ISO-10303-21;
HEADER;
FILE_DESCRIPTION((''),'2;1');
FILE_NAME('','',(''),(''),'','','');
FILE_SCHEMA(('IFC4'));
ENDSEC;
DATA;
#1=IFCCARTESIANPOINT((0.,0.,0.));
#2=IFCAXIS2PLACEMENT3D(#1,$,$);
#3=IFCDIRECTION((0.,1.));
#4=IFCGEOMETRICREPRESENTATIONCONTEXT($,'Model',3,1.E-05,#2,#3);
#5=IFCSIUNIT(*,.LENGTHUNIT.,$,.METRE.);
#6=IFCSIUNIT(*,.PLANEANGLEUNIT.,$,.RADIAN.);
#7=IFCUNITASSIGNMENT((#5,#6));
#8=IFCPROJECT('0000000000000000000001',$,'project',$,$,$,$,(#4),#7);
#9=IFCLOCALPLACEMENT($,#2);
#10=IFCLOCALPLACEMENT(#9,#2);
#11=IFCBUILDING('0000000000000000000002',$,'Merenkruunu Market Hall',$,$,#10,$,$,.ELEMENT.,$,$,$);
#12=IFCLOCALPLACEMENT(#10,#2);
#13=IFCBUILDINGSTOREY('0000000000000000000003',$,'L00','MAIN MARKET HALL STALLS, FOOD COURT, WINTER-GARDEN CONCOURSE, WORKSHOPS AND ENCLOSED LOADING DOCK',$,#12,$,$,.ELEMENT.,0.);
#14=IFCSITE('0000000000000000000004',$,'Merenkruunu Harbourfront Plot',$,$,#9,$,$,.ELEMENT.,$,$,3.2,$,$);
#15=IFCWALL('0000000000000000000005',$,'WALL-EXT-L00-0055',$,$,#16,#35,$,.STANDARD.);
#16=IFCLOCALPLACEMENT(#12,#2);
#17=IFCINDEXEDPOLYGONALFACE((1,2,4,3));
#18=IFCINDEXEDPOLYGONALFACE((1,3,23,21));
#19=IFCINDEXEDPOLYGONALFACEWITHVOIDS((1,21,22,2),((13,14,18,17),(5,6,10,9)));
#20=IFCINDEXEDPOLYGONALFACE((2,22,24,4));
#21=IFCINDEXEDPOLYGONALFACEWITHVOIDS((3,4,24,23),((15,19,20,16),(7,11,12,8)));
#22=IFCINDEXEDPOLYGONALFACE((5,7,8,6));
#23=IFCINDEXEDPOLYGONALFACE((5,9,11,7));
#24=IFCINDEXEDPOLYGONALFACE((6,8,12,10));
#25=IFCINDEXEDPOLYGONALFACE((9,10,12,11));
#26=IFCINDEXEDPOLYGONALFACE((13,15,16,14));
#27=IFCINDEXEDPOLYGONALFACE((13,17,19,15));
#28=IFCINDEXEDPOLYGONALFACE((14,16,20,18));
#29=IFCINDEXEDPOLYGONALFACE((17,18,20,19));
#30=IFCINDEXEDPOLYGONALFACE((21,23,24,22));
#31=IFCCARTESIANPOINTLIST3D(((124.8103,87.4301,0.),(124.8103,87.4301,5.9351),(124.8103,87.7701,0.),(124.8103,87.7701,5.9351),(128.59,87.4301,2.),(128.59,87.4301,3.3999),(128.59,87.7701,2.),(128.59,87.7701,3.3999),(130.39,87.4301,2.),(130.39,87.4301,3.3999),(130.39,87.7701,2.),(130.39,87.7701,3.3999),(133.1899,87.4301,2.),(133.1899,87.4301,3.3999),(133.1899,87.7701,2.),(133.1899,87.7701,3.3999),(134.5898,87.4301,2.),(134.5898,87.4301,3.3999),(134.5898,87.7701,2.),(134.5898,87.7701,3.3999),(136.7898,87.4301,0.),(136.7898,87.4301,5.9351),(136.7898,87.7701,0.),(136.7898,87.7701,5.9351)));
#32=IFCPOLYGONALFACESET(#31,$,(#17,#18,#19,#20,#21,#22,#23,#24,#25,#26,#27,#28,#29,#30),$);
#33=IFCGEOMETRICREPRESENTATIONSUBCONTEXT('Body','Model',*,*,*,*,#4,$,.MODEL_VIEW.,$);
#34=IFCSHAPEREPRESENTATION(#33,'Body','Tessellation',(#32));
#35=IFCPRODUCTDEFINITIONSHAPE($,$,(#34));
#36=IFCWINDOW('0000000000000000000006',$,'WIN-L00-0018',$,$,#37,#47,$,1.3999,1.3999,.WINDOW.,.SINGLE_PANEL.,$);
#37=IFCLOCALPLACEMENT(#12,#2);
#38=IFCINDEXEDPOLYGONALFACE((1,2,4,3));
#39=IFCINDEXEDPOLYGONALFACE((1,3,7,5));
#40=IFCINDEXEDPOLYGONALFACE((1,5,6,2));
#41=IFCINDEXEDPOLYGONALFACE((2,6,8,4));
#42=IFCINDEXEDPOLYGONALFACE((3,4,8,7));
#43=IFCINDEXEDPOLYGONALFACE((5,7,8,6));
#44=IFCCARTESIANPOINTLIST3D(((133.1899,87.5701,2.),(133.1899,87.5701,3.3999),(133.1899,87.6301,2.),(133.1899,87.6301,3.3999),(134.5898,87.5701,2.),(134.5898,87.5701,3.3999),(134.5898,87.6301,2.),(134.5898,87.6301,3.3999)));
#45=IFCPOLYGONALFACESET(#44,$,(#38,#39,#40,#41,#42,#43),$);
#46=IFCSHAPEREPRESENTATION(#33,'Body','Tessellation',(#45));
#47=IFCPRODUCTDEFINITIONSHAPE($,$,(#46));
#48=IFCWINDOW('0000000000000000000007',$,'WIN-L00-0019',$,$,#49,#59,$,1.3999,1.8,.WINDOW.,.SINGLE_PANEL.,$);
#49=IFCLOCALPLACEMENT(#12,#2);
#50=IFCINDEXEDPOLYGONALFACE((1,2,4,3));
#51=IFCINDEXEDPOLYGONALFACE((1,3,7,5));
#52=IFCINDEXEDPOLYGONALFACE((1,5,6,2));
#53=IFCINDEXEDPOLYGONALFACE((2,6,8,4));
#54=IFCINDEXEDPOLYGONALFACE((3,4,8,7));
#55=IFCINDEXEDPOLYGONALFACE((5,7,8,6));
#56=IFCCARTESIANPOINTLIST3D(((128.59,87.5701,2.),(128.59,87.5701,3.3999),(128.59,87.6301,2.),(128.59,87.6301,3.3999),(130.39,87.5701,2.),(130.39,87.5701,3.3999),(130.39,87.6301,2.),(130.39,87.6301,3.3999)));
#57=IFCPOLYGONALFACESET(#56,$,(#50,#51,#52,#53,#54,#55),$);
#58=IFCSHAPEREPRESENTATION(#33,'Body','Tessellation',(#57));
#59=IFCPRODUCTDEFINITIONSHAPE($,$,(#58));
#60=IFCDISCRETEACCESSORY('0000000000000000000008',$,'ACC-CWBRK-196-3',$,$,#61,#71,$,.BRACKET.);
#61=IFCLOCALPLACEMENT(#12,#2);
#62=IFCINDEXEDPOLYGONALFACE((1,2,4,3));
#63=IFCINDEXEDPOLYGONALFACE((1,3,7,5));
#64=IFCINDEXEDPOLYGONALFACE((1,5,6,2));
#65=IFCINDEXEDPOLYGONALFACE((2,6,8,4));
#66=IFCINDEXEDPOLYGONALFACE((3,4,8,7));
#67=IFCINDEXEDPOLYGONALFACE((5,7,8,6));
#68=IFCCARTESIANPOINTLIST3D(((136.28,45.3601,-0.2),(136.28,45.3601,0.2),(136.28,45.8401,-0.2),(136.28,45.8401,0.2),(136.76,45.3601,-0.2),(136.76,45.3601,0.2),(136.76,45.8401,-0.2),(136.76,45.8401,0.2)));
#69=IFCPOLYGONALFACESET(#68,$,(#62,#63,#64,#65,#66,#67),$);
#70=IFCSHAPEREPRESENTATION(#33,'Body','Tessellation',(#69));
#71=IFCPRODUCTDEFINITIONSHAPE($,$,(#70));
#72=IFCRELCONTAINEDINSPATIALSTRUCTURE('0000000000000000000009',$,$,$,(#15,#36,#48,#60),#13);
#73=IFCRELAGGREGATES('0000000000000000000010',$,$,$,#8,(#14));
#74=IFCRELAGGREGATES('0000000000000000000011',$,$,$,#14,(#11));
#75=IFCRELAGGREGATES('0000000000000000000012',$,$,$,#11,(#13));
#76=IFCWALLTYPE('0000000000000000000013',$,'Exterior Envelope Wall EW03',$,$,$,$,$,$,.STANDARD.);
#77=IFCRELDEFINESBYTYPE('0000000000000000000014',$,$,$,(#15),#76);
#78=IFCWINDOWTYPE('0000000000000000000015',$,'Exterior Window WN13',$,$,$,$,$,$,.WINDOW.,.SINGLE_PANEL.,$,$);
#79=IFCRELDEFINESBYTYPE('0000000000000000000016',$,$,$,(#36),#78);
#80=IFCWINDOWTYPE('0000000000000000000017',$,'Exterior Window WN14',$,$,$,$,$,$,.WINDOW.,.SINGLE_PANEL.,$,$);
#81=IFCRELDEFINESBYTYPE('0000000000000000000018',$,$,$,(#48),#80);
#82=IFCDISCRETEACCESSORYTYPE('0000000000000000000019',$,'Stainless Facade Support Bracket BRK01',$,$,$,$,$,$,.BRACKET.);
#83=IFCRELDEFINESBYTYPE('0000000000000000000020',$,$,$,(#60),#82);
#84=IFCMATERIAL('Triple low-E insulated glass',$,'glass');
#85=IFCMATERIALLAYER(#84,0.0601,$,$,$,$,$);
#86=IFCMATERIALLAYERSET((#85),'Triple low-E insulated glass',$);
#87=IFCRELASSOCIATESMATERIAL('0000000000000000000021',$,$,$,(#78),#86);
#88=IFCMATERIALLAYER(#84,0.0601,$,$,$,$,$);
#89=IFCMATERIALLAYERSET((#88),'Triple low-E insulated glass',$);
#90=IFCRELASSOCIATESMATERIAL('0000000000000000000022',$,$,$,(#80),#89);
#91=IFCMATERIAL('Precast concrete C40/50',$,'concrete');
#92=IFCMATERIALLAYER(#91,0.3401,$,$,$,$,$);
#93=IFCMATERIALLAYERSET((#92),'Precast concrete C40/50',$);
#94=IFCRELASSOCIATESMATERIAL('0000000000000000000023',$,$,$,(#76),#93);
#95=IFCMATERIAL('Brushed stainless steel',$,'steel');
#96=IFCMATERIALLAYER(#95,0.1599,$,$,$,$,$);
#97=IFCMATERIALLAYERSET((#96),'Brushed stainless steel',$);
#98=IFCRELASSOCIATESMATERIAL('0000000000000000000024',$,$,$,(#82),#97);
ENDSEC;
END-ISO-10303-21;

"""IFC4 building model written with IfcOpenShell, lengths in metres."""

from ifc_helpers import new_model, si_unit, direction, frame, frame_2d, origin, origin_2d, place, context, subcontext, project, spatial, rectangle, extrude, material, layer, layer_set, type_object, element, fill, save


model = new_model("IFC4")

# Units and contexts
model_context = context("Model", 3, precision=1e-05, world=origin(), true_north=direction((0.0, 1.0)))
body_context = subcontext(model_context, "Body", "Model", "MODEL_VIEW")
ifc_project = project(units=[si_unit("LENGTHUNIT", "METRE"), si_unit("PLANEANGLEUNIT", "RADIAN")], contexts=[model_context])

# Site, building, storey
site_placement = place(None, origin())
site = spatial("IfcSite", under=ifc_project, at=site_placement, Name="Merenkruunu Harbourfront Plot", CompositionType="ELEMENT", RefElevation=3.2)
building_placement = place(site_placement, origin())
building = spatial("IfcBuilding", under=site, at=building_placement, Name="Merenkruunu Market Hall", CompositionType="ELEMENT")
storey_placement = place(building_placement, origin())
storey = spatial("IfcBuildingStorey", under=building, at=storey_placement, Name="L00", Description="MAIN MARKET HALL STALLS, FOOD COURT, WINTER-GARDEN CONCOURSE, WORKSHOPS AND ENCLOSED LOADING DOCK", CompositionType="ELEMENT", Elevation=0.0)

# Shared definitions
ifc_material_1 = material(Name="Triple low-E insulated glass", Category="glass")

# Shared definitions
ifc_material_2 = material(Name="Precast concrete C40/50", Category="concrete")
ifc_layer_1 = layer(ifc_material_1, 0.0601)
ifc_layer_set_1 = layer_set([ifc_layer_1], Name="Triple low-E insulated glass")
window_type_1 = type_object("IfcWindowType", Name="Exterior Window WN13", PartitioningType="SINGLE_PANEL", PredefinedType="WINDOW", material=ifc_layer_set_1)
ifc_layer_2 = layer(ifc_material_1, 0.0601)
ifc_layer_set_2 = layer_set([ifc_layer_2], Name="Triple low-E insulated glass")
window_type_2 = type_object("IfcWindowType", Name="Exterior Window WN14", PartitioningType="SINGLE_PANEL", PredefinedType="WINDOW", material=ifc_layer_set_2)
ifc_layer_3 = layer(ifc_material_2, 0.3401)
ifc_layer_set_3 = layer_set([ifc_layer_3], Name="Precast concrete C40/50")
wall_type_1 = type_object("IfcWallType", Name="Exterior Envelope Wall EW03", PredefinedType="STANDARD", material=ifc_layer_set_3)

# Wall, openings, windows
wall_1_placement = place(storey_placement, frame((136.7898, 87.6001, 0.0), z_axis=(0.0, 0.0, 1.0), x_axis=(-1.0, 0.0, 0.0)))
wall_1 = element("IfcWall", 1, at=wall_1_placement, inside=storey, type_object=wall_type_1, Name="WALL-EXT-L00-0055", PredefinedType="STANDARD", context=body_context, shape_type="SweptSolid", body=[
    extrude(rectangle(XDim=11.9795, YDim=0.3401, at=frame_2d((5.9897, 0.0))), origin(), (0.0, 0.0, 1.0), 5.9351),
])
opening_1_placement = place(wall_1_placement, frame((2.2, 0.0, 2.0)))
opening_1 = element("IfcOpeningElement", 2, at=opening_1_placement, cuts=wall_1, PredefinedType="OPENING", context=body_context, shape_type="SweptSolid", body=[
    extrude(rectangle(XDim=1.3999, YDim=1.3999, at=frame_2d((0.7, 0.7))), frame((0.0, 0.1802, 0.0), z_axis=(0.0, -1.0, 0.0), x_axis=(1.0, 0.0, 0.0)), (0.0, 0.0, 1.0), 0.3601),
])
opening_2_placement = place(wall_1_placement, frame((6.3999, 0.0, 2.0)))
opening_2 = element("IfcOpeningElement", 3, at=opening_2_placement, cuts=wall_1, PredefinedType="OPENING", context=body_context, shape_type="SweptSolid", body=[
    extrude(rectangle(XDim=1.8, YDim=1.3999, at=frame_2d((0.8999, 0.7))), frame((0.0, 0.1802, 0.0), z_axis=(0.0, -1.0, 0.0), x_axis=(1.0, 0.0, 0.0)), (0.0, 0.0, 1.0), 0.3601),
])
window_1_placement = place(opening_1_placement, origin())
window_1 = element("IfcWindow", 4, at=window_1_placement, inside=storey, type_object=window_type_1, Name="WIN-L00-0018", OverallHeight=1.3999, OverallWidth=1.3999, PartitioningType="SINGLE_PANEL", PredefinedType="WINDOW", context=body_context, shape_type="SweptSolid", body=[
    extrude(rectangle(XDim=1.3999, YDim=1.3999, at=frame_2d((0.7, 0.7))), frame((0.0, 0.03, 0.0), z_axis=(0.0, -1.0, 0.0), x_axis=(1.0, 0.0, 0.0)), (0.0, 0.0, 1.0), 0.0601),
])
fill(opening_1, window_1)
window_2_placement = place(opening_2_placement, origin())
window_2 = element("IfcWindow", 5, at=window_2_placement, inside=storey, type_object=window_type_2, Name="WIN-L00-0019", OverallHeight=1.3999, OverallWidth=1.8, PartitioningType="SINGLE_PANEL", PredefinedType="WINDOW", context=body_context, shape_type="SweptSolid", body=[
    extrude(rectangle(XDim=1.8, YDim=1.3999, at=frame_2d((0.8999, 0.7))), frame((0.0, 0.03, 0.0), z_axis=(0.0, -1.0, 0.0), x_axis=(1.0, 0.0, 0.0)), (0.0, 0.0, 1.0), 0.0601),
])
fill(opening_2, window_2)

# Discrete accessory
ifc_material_3 = material(Name="Brushed stainless steel", Category="steel")
ifc_layer_4 = layer(ifc_material_3, 0.1599)
ifc_layer_set_4 = layer_set([ifc_layer_4], Name="Brushed stainless steel")
discrete_accessory_type = type_object("IfcDiscreteAccessoryType", Name="Stainless Facade Support Bracket BRK01", PredefinedType="BRACKET", material=ifc_layer_set_4)
discrete_accessory_placement = place(storey_placement, frame((136.52, 45.6001, -0.2), z_axis=(0.0, 0.0, 1.0), x_axis=(1.0, 0.0, 0.0)))
element("IfcDiscreteAccessory", 6, at=discrete_accessory_placement, inside=storey, type_object=discrete_accessory_type, Name="ACC-CWBRK-196-3", PredefinedType="BRACKET", context=body_context, shape_type="SweptSolid", body=[
    extrude(rectangle(XDim=0.48, YDim=0.48, at=origin_2d()), origin(), (0.0, 0.0, 1.0), 0.3999),
])

save(model, "model.ifc")
